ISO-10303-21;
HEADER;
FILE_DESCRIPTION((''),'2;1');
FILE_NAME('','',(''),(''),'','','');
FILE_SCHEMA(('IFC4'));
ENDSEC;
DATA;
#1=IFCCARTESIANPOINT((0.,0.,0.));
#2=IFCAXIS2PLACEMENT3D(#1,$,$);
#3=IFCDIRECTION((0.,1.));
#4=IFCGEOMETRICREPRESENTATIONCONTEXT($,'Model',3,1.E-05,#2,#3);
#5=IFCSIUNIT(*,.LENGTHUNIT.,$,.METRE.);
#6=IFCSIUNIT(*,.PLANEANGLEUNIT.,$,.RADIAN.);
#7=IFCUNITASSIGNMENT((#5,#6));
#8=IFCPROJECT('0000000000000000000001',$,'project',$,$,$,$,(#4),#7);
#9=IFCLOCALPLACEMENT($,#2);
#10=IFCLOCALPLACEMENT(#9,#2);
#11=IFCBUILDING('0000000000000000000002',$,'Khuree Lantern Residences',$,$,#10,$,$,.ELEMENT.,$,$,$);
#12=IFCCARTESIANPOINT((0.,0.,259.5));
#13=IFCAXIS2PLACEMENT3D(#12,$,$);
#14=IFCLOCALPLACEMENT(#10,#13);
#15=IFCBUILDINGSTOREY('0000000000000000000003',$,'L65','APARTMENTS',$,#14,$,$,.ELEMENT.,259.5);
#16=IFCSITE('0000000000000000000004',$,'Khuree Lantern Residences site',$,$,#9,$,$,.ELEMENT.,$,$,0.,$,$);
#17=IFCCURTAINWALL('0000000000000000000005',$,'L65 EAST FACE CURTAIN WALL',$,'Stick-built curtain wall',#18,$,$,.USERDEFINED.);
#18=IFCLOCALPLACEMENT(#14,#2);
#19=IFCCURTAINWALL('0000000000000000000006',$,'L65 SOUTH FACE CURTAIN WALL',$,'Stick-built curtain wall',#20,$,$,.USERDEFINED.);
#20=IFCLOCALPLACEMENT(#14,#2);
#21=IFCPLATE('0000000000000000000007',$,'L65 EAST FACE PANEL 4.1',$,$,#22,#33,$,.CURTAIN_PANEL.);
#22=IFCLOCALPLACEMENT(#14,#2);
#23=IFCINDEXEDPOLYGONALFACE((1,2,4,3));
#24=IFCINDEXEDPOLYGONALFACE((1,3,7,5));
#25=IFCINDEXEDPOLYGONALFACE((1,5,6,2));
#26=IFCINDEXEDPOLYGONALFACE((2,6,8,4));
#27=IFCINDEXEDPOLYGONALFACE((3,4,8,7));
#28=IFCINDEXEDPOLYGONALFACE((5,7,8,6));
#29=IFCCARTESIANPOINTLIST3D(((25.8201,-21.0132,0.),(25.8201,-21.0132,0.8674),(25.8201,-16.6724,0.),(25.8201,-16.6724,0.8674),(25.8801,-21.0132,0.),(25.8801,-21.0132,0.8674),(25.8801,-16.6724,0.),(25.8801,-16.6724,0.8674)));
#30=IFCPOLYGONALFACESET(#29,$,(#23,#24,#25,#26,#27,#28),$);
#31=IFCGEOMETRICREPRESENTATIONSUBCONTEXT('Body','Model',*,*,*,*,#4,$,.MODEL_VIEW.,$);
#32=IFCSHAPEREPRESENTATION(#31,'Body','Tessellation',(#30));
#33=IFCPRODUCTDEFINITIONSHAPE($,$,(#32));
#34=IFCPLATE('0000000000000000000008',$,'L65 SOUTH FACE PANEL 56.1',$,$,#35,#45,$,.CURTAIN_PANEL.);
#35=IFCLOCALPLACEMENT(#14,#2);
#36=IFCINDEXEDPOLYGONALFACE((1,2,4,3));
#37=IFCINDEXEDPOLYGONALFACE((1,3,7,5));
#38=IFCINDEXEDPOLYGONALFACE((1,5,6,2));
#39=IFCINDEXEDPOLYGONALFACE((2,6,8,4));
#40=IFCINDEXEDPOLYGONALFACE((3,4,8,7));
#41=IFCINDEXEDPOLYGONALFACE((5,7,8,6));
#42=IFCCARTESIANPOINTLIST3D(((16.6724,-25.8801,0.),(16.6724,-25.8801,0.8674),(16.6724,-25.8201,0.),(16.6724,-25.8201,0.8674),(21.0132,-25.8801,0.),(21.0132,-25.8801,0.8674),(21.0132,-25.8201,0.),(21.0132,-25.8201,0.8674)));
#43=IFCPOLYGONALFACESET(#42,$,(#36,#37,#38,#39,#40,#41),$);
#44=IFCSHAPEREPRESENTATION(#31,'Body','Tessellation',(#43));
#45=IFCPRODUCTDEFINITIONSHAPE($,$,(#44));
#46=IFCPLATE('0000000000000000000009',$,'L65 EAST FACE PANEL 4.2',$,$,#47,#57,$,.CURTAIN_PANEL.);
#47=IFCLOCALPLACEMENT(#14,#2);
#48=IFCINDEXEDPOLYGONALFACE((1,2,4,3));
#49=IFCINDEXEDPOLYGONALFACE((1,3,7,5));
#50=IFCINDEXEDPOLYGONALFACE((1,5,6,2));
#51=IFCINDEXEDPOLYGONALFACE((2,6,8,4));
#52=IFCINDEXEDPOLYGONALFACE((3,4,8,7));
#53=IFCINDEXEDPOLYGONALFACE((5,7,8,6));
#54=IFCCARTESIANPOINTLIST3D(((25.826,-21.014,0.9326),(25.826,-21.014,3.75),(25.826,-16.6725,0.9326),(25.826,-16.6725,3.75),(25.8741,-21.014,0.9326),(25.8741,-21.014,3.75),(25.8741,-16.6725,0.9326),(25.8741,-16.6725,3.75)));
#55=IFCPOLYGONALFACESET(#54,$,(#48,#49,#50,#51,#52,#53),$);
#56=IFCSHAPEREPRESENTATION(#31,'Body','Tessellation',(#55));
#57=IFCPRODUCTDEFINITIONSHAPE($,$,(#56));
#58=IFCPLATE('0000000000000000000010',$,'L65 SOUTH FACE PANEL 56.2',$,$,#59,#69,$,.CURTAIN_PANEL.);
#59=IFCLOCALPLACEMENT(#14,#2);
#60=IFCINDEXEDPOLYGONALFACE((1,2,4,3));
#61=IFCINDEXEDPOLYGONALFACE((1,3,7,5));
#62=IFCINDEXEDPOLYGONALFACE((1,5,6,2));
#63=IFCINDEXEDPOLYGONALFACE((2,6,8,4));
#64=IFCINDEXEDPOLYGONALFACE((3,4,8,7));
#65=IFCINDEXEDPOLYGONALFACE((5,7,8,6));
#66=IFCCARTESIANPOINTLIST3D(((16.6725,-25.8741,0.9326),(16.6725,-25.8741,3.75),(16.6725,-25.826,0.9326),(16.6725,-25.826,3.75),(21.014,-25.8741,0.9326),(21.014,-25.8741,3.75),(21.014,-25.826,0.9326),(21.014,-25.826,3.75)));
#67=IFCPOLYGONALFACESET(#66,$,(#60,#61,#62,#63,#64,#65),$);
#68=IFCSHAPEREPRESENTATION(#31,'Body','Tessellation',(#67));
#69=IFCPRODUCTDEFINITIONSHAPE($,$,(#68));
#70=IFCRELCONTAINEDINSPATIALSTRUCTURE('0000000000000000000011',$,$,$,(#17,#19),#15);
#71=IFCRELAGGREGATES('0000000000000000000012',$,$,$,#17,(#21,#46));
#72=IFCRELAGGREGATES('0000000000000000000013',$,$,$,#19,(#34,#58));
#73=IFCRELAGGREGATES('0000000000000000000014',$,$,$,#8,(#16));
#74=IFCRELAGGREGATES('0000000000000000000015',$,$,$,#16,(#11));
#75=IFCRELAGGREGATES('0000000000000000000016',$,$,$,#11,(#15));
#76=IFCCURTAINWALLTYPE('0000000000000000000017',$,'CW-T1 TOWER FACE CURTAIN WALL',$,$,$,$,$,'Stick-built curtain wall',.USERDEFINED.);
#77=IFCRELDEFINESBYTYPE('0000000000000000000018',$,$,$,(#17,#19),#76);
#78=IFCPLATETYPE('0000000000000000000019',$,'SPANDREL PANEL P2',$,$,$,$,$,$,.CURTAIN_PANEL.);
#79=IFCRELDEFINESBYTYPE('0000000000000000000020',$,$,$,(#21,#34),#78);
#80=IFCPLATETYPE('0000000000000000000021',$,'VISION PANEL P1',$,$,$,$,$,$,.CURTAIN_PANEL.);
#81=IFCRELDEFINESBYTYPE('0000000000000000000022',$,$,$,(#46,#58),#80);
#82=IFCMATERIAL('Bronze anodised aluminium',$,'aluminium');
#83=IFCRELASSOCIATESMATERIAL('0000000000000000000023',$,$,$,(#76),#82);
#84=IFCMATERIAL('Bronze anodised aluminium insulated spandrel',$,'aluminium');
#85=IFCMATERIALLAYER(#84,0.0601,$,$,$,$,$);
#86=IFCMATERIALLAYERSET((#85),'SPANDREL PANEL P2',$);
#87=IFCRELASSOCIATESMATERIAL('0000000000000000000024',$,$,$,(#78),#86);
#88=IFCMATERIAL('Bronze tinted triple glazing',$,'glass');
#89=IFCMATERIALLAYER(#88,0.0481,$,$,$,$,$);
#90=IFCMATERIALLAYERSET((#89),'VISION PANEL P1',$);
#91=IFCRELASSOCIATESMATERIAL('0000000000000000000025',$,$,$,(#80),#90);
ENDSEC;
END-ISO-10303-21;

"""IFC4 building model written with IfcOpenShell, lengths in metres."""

from ifc_helpers import new_model, si_unit, direction, frame, origin, origin_2d, place, context, subcontext, project, spatial, rectangle, extrude, material, layer, layer_set, type_object, element, aggregate, save


model = new_model("IFC4")

# Units and contexts
model_context = context("Model", 3, precision=1e-05, world=origin(), true_north=direction((0.0, 1.0)))
body_context = subcontext(model_context, "Body", "Model", "MODEL_VIEW")
ifc_project = project(units=[si_unit("LENGTHUNIT", "METRE"), si_unit("PLANEANGLEUNIT", "RADIAN")], contexts=[model_context])

# Site, building, storey
site_placement = place(None, origin())
site = spatial("IfcSite", under=ifc_project, at=site_placement, Name="Khuree Lantern Residences site", CompositionType="ELEMENT", RefElevation=0.0)
building_placement = place(site_placement, origin())
building = spatial("IfcBuilding", under=site, at=building_placement, Name="Khuree Lantern Residences", CompositionType="ELEMENT")
storey_placement = place(building_placement, frame((0.0, 0.0, 259.5)))
storey = spatial("IfcBuildingStorey", under=building, at=storey_placement, Name="L65", Description="APARTMENTS", CompositionType="ELEMENT", Elevation=259.5)

# Shared definitions
ifc_material_1 = material(Name="Bronze anodised aluminium", Category="aluminium")

# Curtain wall
curtain_wall_type_1 = type_object("IfcCurtainWallType", Name="CW-T1 TOWER FACE CURTAIN WALL", ElementType="Stick-built curtain wall", PredefinedType="USERDEFINED", material=ifc_material_1)
curtain_wall_1_placement = place(storey_placement, origin())
curtain_wall_1 = element("IfcCurtainWall", 1, at=curtain_wall_1_placement, inside=storey, type_object=curtain_wall_type_1, Name="L65 EAST FACE CURTAIN WALL", ObjectType="Stick-built curtain wall", PredefinedType="USERDEFINED")

# Curtain wall
curtain_wall_2_placement = place(storey_placement, origin())
curtain_wall_2 = element("IfcCurtainWall", 2, at=curtain_wall_2_placement, inside=storey, type_object=curtain_wall_type_1, Name="L65 SOUTH FACE CURTAIN WALL", ObjectType="Stick-built curtain wall", PredefinedType="USERDEFINED")

# Plates
ifc_material_2 = material(Name="Bronze tinted triple glazing", Category="glass")
ifc_material_3 = material(Name="Bronze anodised aluminium insulated spandrel", Category="aluminium")
ifc_layer_1 = layer(ifc_material_3, 0.0601)
ifc_layer_set_1 = layer_set([ifc_layer_1], Name="SPANDREL PANEL P2")
plate_type_1 = type_object("IfcPlateType", Name="SPANDREL PANEL P2", PredefinedType="CURTAIN_PANEL", material=ifc_layer_set_1)
plate_1_placement = place(storey_placement, frame((25.8501, -18.8428, 0.0), z_axis=(0.0, 0.0, 1.0), x_axis=(0.0, 1.0, 0.0)))
plate_1 = element("IfcPlate", 3, at=plate_1_placement, type_object=plate_type_1, Name="L65 EAST FACE PANEL 4.1", PredefinedType="CURTAIN_PANEL", context=body_context, shape_type="SweptSolid", body=[
    extrude(rectangle(XDim=4.3408, YDim=0.0601, at=origin_2d()), origin(), (0.0, 0.0, 1.0), 0.8674),
])
plate_2_placement = place(storey_placement, frame((18.8428, -25.8501, 0.0), z_axis=(0.0, 0.0, 1.0), x_axis=(1.0, 0.0, 0.0)))
plate_2 = element("IfcPlate", 4, at=plate_2_placement, type_object=plate_type_1, Name="L65 SOUTH FACE PANEL 56.1", PredefinedType="CURTAIN_PANEL", context=body_context, shape_type="SweptSolid", body=[
    extrude(rectangle(XDim=4.3408, YDim=0.0601, at=origin_2d()), origin(), (0.0, 0.0, 1.0), 0.8674),
])
ifc_layer_2 = layer(ifc_material_2, 0.0481)
ifc_layer_set_2 = layer_set([ifc_layer_2], Name="VISION PANEL P1")
plate_type_2 = type_object("IfcPlateType", Name="VISION PANEL P1", PredefinedType="CURTAIN_PANEL", material=ifc_layer_set_2)
plate_3_placement = place(storey_placement, frame((25.8501, -18.8433, 0.9326), z_axis=(0.0, 0.0, 1.0), x_axis=(0.0, 1.0, 0.0)))
plate_3 = element("IfcPlate", 5, at=plate_3_placement, type_object=plate_type_2, Name="L65 EAST FACE PANEL 4.2", PredefinedType="CURTAIN_PANEL", context=body_context, shape_type="SweptSolid", body=[
    extrude(rectangle(XDim=4.3416, YDim=0.0481, at=origin_2d()), origin(), (0.0, 0.0, 1.0), 2.8174),
])
aggregate(curtain_wall_1, [plate_1, plate_3])
plate_4_placement = place(storey_placement, frame((18.8433, -25.8501, 0.9326), z_axis=(0.0, 0.0, 1.0), x_axis=(1.0, 0.0, 0.0)))
plate_4 = element("IfcPlate", 6, at=plate_4_placement, type_object=plate_type_2, Name="L65 SOUTH FACE PANEL 56.2", PredefinedType="CURTAIN_PANEL", context=body_context, shape_type="SweptSolid", body=[
    extrude(rectangle(XDim=4.3416, YDim=0.0481, at=origin_2d()), origin(), (0.0, 0.0, 1.0), 2.8174),
])
aggregate(curtain_wall_2, [plate_2, plate_4])

save(model, "model.ifc")
